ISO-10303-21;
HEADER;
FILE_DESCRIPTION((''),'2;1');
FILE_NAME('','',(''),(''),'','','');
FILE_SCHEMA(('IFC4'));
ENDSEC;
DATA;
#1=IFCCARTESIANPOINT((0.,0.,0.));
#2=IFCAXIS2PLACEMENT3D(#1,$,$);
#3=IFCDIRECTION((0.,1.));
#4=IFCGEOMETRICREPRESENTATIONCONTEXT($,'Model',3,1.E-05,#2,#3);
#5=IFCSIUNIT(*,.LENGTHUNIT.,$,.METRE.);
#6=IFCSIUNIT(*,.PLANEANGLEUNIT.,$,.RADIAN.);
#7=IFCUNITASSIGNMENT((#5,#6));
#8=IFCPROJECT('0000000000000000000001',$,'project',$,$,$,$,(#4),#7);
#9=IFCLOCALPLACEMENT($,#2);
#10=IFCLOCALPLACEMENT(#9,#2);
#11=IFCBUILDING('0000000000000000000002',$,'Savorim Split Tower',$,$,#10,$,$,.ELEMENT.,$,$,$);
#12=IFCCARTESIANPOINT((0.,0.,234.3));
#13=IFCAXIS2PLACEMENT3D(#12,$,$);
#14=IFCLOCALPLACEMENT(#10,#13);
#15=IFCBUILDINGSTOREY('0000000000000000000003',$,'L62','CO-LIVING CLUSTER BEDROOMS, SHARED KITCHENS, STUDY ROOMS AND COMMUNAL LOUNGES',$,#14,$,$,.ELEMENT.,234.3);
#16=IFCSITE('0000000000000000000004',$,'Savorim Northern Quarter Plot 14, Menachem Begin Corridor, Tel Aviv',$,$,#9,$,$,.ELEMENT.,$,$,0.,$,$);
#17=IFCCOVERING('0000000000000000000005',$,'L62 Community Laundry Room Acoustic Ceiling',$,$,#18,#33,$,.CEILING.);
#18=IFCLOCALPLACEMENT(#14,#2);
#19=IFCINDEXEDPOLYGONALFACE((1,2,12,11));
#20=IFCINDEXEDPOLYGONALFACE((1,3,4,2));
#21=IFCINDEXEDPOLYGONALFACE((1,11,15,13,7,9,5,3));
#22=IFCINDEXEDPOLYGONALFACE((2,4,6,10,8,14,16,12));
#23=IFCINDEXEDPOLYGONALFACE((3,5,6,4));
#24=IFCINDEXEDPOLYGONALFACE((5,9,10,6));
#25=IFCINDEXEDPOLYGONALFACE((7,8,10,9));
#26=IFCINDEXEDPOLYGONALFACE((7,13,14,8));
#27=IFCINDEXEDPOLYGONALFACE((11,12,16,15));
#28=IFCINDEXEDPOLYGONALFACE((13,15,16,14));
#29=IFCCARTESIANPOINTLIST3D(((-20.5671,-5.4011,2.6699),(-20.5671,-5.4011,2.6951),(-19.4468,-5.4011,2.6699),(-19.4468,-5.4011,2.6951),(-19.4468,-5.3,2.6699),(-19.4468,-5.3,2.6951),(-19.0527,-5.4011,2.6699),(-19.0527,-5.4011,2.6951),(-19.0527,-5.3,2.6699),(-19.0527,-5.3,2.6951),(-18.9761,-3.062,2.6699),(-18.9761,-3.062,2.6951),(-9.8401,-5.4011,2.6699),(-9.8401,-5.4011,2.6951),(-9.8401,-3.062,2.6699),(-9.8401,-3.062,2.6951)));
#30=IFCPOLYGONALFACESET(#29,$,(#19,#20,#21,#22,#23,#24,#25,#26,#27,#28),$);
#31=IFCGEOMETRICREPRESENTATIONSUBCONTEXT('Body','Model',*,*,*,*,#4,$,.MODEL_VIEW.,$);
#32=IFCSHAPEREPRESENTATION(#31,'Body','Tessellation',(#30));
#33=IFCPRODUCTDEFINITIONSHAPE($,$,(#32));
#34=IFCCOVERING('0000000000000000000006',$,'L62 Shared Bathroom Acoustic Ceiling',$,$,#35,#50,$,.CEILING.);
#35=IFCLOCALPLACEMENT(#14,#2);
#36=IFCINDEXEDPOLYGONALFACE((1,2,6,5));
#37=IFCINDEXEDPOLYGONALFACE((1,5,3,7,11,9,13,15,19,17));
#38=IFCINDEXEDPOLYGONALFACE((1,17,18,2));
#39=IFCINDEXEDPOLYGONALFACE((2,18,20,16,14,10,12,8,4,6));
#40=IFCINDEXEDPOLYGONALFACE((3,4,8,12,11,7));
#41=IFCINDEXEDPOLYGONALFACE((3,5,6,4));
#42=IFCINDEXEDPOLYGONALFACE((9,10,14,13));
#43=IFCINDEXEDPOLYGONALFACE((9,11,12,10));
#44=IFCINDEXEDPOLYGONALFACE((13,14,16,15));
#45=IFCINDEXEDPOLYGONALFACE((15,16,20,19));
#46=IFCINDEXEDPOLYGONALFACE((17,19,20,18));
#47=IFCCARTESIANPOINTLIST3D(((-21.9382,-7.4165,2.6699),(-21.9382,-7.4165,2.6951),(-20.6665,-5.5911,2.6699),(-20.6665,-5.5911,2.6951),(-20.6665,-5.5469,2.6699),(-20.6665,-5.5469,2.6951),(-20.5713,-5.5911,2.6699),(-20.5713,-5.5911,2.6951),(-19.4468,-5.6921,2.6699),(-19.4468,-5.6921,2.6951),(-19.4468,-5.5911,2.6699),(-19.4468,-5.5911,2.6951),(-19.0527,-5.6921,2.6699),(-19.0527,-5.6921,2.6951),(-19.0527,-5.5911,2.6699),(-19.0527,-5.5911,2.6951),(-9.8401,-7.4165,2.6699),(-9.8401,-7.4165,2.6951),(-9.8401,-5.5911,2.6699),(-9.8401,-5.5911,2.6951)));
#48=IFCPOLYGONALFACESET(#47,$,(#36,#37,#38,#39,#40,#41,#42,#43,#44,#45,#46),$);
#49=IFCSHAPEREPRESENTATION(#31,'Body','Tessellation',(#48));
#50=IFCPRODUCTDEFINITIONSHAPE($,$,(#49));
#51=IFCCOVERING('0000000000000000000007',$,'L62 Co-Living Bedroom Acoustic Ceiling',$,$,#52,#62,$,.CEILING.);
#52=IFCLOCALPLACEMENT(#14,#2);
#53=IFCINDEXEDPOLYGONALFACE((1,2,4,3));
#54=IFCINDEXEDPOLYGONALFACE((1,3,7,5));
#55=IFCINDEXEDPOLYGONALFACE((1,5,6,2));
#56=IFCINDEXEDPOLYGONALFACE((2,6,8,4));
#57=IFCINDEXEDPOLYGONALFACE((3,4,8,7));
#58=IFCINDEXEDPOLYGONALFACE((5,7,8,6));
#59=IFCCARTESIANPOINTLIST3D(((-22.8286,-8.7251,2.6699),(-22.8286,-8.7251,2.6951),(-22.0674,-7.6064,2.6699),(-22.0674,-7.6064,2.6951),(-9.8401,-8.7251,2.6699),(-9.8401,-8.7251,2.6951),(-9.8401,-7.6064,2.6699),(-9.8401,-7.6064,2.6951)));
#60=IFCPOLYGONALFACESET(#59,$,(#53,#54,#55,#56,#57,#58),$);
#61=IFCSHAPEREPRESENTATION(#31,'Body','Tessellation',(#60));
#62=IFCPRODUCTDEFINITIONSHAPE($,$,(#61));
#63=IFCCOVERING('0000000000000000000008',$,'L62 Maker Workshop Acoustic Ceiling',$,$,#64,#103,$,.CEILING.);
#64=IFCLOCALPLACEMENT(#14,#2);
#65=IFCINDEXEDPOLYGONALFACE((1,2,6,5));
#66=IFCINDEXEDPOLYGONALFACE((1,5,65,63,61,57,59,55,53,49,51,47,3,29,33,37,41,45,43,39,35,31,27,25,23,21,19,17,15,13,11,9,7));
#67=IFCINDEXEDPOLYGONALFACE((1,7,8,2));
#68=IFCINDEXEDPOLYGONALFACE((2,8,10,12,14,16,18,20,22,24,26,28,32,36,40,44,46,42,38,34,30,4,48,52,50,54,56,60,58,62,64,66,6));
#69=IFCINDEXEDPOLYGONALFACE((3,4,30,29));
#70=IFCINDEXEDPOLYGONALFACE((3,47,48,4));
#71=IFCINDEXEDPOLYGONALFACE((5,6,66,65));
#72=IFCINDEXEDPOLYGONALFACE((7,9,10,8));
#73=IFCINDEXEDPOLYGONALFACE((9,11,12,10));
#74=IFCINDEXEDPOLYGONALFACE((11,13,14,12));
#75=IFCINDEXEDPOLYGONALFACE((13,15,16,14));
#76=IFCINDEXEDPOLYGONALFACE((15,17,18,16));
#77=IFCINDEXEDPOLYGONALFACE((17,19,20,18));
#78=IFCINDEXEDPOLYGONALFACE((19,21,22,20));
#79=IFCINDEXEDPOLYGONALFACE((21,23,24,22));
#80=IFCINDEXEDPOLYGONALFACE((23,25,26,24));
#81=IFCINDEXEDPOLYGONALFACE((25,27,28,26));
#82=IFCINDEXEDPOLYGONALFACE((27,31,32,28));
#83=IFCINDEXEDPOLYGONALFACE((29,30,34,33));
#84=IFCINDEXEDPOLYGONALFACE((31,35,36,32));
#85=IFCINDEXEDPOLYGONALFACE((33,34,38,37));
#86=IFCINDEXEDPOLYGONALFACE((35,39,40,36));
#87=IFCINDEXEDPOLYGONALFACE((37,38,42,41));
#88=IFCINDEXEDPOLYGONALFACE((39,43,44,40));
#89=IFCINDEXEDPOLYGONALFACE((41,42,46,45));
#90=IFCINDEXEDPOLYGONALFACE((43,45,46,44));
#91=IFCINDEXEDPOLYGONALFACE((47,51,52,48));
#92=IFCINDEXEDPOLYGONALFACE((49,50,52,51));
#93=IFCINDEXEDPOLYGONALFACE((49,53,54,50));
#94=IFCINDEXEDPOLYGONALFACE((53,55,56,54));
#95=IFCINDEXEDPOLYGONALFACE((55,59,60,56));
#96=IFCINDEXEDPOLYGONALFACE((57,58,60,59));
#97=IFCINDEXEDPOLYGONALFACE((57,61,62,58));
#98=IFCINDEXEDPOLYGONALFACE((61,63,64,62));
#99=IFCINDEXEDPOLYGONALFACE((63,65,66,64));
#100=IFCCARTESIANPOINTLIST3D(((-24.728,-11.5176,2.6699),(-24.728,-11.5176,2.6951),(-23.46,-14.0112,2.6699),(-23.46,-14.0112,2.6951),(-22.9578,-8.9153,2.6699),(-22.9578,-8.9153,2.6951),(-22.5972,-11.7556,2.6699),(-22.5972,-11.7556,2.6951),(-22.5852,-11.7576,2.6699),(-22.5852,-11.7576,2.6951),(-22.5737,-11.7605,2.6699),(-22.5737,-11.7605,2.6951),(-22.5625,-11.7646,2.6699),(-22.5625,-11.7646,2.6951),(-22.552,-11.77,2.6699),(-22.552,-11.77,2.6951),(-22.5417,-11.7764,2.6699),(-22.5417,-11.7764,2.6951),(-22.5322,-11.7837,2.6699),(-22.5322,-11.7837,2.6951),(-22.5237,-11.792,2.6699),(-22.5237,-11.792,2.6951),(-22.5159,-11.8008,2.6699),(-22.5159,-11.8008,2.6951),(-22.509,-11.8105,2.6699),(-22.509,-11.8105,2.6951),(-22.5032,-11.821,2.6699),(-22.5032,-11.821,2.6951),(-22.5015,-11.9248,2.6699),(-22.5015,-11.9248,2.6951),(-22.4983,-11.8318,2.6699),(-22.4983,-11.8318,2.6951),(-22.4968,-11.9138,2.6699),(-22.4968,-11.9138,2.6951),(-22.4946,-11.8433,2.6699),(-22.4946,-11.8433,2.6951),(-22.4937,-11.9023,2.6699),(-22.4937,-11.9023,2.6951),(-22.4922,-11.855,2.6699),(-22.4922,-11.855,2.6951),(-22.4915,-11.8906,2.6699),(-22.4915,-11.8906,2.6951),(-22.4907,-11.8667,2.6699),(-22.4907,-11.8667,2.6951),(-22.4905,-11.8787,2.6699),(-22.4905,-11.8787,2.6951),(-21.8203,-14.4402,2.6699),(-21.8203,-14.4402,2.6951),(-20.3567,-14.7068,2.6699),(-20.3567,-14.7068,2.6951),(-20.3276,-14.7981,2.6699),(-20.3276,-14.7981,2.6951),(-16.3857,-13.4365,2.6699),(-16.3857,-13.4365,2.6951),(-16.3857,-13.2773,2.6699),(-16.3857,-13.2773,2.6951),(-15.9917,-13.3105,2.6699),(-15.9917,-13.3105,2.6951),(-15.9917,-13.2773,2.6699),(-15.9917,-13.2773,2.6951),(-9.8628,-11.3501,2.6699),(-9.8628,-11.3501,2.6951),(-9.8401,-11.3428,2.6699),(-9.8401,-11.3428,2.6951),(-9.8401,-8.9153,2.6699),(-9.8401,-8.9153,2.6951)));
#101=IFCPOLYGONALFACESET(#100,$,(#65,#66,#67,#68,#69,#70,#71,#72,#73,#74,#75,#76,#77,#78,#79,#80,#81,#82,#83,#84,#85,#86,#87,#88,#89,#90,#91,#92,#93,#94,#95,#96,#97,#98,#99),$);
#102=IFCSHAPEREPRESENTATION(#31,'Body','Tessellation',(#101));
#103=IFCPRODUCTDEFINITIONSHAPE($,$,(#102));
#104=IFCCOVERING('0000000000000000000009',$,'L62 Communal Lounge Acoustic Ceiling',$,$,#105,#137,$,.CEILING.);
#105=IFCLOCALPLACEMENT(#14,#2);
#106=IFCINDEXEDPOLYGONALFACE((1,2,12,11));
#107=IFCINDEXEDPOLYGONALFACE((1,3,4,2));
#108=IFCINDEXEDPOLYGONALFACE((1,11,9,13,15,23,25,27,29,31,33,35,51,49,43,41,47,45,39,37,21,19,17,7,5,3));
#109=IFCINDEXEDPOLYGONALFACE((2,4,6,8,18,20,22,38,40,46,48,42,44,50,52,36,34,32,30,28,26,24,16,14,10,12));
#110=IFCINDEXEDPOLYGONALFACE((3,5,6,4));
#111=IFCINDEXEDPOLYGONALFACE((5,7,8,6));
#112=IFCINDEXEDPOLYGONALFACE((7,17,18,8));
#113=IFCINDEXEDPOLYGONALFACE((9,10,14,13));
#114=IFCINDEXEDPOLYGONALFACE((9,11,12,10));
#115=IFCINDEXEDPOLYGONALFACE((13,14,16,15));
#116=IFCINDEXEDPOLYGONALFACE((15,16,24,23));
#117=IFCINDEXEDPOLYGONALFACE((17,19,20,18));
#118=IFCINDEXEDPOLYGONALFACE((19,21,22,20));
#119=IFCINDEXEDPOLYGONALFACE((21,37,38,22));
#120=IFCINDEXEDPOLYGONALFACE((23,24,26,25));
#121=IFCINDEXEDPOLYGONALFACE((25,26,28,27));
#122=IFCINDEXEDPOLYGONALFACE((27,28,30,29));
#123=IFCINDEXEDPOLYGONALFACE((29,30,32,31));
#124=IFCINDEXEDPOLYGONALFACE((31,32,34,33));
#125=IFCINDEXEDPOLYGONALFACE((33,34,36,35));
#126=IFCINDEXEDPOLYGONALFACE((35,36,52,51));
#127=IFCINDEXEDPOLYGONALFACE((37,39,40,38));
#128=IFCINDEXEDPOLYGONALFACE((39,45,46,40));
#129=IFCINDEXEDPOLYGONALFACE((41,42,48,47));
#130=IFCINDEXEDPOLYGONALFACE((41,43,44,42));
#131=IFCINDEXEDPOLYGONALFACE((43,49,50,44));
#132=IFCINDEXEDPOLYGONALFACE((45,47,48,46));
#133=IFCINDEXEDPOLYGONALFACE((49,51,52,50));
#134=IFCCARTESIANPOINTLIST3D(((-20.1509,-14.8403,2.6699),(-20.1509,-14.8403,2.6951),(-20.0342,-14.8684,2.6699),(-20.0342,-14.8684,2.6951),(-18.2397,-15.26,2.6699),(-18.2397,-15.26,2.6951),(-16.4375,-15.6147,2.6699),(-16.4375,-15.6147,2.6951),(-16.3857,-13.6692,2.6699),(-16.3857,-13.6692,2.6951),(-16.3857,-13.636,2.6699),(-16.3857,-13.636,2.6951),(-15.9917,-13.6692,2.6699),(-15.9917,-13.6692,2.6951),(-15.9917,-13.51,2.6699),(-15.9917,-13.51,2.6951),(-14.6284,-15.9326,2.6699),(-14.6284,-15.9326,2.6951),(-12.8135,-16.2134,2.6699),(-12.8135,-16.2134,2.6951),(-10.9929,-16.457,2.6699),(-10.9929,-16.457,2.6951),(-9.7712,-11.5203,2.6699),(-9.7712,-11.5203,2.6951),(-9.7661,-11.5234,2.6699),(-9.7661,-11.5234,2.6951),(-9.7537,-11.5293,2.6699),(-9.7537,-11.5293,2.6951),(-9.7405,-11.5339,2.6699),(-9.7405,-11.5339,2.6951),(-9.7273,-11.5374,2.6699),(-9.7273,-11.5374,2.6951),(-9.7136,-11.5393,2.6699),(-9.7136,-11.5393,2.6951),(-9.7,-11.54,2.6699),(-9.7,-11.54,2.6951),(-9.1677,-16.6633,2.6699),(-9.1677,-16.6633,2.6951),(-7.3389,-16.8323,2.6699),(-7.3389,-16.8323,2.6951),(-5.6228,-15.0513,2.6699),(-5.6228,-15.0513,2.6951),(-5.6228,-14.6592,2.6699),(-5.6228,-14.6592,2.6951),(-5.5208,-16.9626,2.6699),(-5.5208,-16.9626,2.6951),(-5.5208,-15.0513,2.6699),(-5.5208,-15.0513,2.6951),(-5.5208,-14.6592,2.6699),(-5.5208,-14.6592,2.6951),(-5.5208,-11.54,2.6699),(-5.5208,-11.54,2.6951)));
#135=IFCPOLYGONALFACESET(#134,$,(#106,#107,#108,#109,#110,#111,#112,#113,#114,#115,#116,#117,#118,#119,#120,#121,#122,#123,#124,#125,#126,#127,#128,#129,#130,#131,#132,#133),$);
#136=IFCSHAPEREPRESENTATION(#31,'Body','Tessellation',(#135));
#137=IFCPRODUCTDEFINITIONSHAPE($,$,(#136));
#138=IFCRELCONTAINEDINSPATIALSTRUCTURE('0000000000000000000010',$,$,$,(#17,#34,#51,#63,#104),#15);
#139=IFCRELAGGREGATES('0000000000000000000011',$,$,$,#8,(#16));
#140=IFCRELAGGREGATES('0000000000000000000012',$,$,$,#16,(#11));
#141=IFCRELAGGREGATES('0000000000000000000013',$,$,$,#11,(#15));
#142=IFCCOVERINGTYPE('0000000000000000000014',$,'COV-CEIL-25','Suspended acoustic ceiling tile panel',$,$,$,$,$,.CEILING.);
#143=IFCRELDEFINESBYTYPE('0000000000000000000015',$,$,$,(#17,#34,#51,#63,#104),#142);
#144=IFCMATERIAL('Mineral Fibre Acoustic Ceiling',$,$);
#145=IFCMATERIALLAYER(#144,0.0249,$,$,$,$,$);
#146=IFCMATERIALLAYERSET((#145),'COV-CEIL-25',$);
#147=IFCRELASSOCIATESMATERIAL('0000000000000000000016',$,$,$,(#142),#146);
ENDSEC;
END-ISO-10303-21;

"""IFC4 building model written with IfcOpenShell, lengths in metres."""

from ifc_helpers import new_model, si_unit, direction, frame, origin, place, context, subcontext, project, spatial, polyline, outline, extrude, material, layer, layer_set, type_object, element, save


model = new_model("IFC4")

# Units and contexts
model_context = context("Model", 3, precision=1e-05, world=origin(), true_north=direction((0.0, 1.0)))
body_context = subcontext(model_context, "Body", "Model", "MODEL_VIEW")
ifc_project = project(units=[si_unit("LENGTHUNIT", "METRE"), si_unit("PLANEANGLEUNIT", "RADIAN")], contexts=[model_context])

# Site, building, storey
site_placement = place(None, origin())
site = spatial("IfcSite", under=ifc_project, at=site_placement, Name="Savorim Northern Quarter Plot 14, Menachem Begin Corridor, Tel Aviv", CompositionType="ELEMENT", RefElevation=0.0)
building_placement = place(site_placement, origin())
building = spatial("IfcBuilding", under=site, at=building_placement, Name="Savorim Split Tower", CompositionType="ELEMENT")
storey_placement = place(building_placement, frame((0.0, 0.0, 234.3)))
storey = spatial("IfcBuildingStorey", under=building, at=storey_placement, Name="L62", Description="CO-LIVING CLUSTER BEDROOMS, SHARED KITCHENS, STUDY ROOMS AND COMMUNAL LOUNGES", CompositionType="ELEMENT", Elevation=234.3)

# Coverings
ifc_material_1 = material(Name="Mineral Fibre Acoustic Ceiling")
ifc_layer_1 = layer(ifc_material_1, 0.0249)
ifc_layer_set_1 = layer_set([ifc_layer_1], Name="COV-CEIL-25")
covering_type_1 = type_object("IfcCoveringType", Name="COV-CEIL-25", Description="Suspended acoustic ceiling tile panel", PredefinedType="CEILING", material=ifc_layer_set_1)
covering_1_placement = place(storey_placement, frame((0.0, 0.0, 2.6699)))
element("IfcCovering", 1, at=covering_1_placement, inside=storey, type_object=covering_type_1, Name="L62 Community Laundry Room Acoustic Ceiling", PredefinedType="CEILING", context=body_context, shape_type="SweptSolid", body=[
    extrude(outline(polyline([(-19.0527, -5.3), (-19.0527, -5.4011), (-9.8401, -5.4011), (-9.8401, -3.062), (-18.9761, -3.062), (-20.5671, -5.4011), (-19.4468, -5.4011), (-19.4468, -5.3), (-19.0527, -5.3)])), origin(), (0.0, 0.0, 1.0), 0.0251),
])
covering_2_placement = place(storey_placement, frame((0.0, 0.0, 2.6699)))
element("IfcCovering", 2, at=covering_2_placement, inside=storey, type_object=covering_type_1, Name="L62 Shared Bathroom Acoustic Ceiling", PredefinedType="CEILING", context=body_context, shape_type="SweptSolid", body=[
    extrude(outline(polyline([(-20.5713, -5.5911), (-20.6665, -5.5911), (-20.6665, -5.5469), (-21.9382, -7.4165), (-9.8401, -7.4165), (-9.8401, -5.5911), (-19.0527, -5.5911), (-19.0527, -5.6921), (-19.4468, -5.6921), (-19.4468, -5.5911), (-20.5713, -5.5911)])), origin(), (0.0, 0.0, 1.0), 0.0251),
])
covering_3_placement = place(storey_placement, frame((0.0, 0.0, 2.6699)))
element("IfcCovering", 3, at=covering_3_placement, inside=storey, type_object=covering_type_1, Name="L62 Co-Living Bedroom Acoustic Ceiling", PredefinedType="CEILING", context=body_context, shape_type="SweptSolid", body=[
    extrude(outline(polyline([(-9.8401, -8.7251), (-9.8401, -7.6064), (-22.0674, -7.6064), (-22.8286, -8.7251), (-9.8401, -8.7251)])), origin(), (0.0, 0.0, 1.0), 0.0251),
])
covering_4_placement = place(storey_placement, frame((0.0, 0.0, 2.6699)))
element("IfcCovering", 4, at=covering_4_placement, inside=storey, type_object=covering_type_1, Name="L62 Maker Workshop Acoustic Ceiling", PredefinedType="CEILING", context=body_context, shape_type="SweptSolid", body=[
    extrude(outline(polyline([(-22.4907, -11.8667), (-22.4905, -11.8787), (-22.4915, -11.8906), (-22.4937, -11.9023), (-22.4968, -11.9138), (-22.5015, -11.9248), (-23.46, -14.0112), (-21.8203, -14.4402), (-20.3276, -14.7981), (-20.3567, -14.7068), (-16.3857, -13.4365), (-16.3857, -13.2773), (-15.9917, -13.2773), (-15.9917, -13.3105), (-9.8628, -11.3501), (-9.8401, -11.3428), (-9.8401, -8.9153), (-22.9578, -8.9153), (-24.728, -11.5176), (-22.5972, -11.7556), (-22.5852, -11.7576), (-22.5737, -11.7605), (-22.5625, -11.7646), (-22.552, -11.77), (-22.5417, -11.7764), (-22.5322, -11.7837), (-22.5237, -11.792), (-22.5159, -11.8008), (-22.509, -11.8105), (-22.5032, -11.821), (-22.4983, -11.8318), (-22.4946, -11.8433), (-22.4922, -11.855), (-22.4907, -11.8667)])), origin(), (0.0, 0.0, 1.0), 0.0251),
])
covering_5_placement = place(storey_placement, frame((0.0, 0.0, 2.6699)))
element("IfcCovering", 5, at=covering_5_placement, inside=storey, type_object=covering_type_1, Name="L62 Communal Lounge Acoustic Ceiling", PredefinedType="CEILING", context=body_context, shape_type="SweptSolid", body=[
    extrude(outline(polyline([(-12.8135, -16.2134), (-10.9929, -16.457), (-9.1677, -16.6633), (-7.3389, -16.8323), (-5.5208, -16.9626), (-5.5208, -15.0513), (-5.6228, -15.0513), (-5.6228, -14.6592), (-5.5208, -14.6592), (-5.5208, -11.54), (-9.7, -11.54), (-9.7136, -11.5393), (-9.7273, -11.5374), (-9.7405, -11.5339), (-9.7537, -11.5293), (-9.7661, -11.5234), (-9.7712, -11.5203), (-15.9917, -13.51), (-15.9917, -13.6692), (-16.3857, -13.6692), (-16.3857, -13.636), (-20.1509, -14.8403), (-20.0342, -14.8684), (-18.2397, -15.26), (-16.4375, -15.6147), (-14.6284, -15.9326), (-12.8135, -16.2134)])), origin(), (0.0, 0.0, 1.0), 0.0251),
])

save(model, "model.ifc")
